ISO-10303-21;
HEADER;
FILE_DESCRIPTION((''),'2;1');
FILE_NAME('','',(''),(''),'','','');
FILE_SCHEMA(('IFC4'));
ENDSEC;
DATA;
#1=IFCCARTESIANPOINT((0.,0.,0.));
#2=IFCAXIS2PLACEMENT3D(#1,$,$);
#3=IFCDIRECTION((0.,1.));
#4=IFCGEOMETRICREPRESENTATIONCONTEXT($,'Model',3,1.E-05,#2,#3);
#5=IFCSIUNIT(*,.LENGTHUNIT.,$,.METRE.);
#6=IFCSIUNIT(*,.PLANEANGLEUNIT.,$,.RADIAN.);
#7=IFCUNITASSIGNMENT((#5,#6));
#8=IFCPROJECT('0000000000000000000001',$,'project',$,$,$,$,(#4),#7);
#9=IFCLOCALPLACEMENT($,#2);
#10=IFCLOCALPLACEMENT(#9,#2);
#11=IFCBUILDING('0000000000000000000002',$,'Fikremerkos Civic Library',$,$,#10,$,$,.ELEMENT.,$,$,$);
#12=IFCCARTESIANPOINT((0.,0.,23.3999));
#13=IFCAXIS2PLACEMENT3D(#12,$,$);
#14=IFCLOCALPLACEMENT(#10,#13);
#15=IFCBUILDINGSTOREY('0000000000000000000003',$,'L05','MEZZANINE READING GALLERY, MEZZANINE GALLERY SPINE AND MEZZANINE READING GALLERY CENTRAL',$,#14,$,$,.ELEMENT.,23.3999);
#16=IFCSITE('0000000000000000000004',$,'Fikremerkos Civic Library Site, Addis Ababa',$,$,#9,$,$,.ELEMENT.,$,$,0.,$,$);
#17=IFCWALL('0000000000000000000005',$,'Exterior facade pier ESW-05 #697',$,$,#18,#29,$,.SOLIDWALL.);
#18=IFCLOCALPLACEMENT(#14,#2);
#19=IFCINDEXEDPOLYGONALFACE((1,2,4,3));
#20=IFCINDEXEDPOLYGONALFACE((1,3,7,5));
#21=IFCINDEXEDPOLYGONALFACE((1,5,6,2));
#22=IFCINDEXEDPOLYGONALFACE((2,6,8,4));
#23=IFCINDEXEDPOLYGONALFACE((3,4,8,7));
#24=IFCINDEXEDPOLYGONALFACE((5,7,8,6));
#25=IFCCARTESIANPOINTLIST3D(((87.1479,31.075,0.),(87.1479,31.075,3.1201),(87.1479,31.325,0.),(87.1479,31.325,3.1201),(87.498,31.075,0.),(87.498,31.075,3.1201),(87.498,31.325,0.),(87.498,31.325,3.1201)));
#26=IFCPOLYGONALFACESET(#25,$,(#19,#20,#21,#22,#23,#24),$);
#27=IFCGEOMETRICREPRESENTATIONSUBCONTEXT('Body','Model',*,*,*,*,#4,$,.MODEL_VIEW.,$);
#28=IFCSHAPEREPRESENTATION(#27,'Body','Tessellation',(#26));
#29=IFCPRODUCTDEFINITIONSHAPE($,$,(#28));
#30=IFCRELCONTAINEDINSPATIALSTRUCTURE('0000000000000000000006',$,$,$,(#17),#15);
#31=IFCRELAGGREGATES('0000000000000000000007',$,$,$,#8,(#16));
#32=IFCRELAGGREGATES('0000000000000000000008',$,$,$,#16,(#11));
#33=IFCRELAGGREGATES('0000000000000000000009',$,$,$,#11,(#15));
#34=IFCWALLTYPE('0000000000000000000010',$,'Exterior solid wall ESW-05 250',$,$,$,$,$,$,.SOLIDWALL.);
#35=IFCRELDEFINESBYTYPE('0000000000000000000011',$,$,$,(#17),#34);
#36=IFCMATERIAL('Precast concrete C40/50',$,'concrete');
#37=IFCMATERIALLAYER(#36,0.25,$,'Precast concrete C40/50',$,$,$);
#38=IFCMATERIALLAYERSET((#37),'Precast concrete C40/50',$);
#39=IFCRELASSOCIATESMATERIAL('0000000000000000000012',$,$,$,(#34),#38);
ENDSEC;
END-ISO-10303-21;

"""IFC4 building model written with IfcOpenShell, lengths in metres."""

from ifc_helpers import new_model, si_unit, direction, frame, frame_2d, origin, place, context, subcontext, project, spatial, rectangle, extrude, material, layer, layer_set, type_object, element, save


model = new_model("IFC4")

# Units and contexts
model_context = context("Model", 3, precision=1e-05, world=origin(), true_north=direction((0.0, 1.0)))
body_context = subcontext(model_context, "Body", "Model", "MODEL_VIEW")
ifc_project = project(units=[si_unit("LENGTHUNIT", "METRE"), si_unit("PLANEANGLEUNIT", "RADIAN")], contexts=[model_context])

# Site, building, storey
site_placement = place(None, origin())
site = spatial("IfcSite", under=ifc_project, at=site_placement, Name="Fikremerkos Civic Library Site, Addis Ababa", CompositionType="ELEMENT", RefElevation=0.0)
building_placement = place(site_placement, origin())
building = spatial("IfcBuilding", under=site, at=building_placement, Name="Fikremerkos Civic Library", CompositionType="ELEMENT")
storey_placement = place(building_placement, frame((0.0, 0.0, 23.3999)))
storey = spatial("IfcBuildingStorey", under=building, at=storey_placement, Name="L05", Description="MEZZANINE READING GALLERY, MEZZANINE GALLERY SPINE AND MEZZANINE READING GALLERY CENTRAL", CompositionType="ELEMENT", Elevation=23.3999)

# Wall
ifc_material_1 = material(Name="Precast concrete C40/50", Category="concrete")
ifc_layer_1 = layer(ifc_material_1, 0.25, Name="Precast concrete C40/50")
ifc_layer_set_1 = layer_set([ifc_layer_1], Name="Precast concrete C40/50")
wall_type = type_object("IfcWallType", Name="Exterior solid wall ESW-05 250", PredefinedType="SOLIDWALL", material=ifc_layer_set_1)
wall_1_placement = place(storey_placement, frame((87.1479, 31.2, 0.0), z_axis=(0.0, 0.0, 1.0), x_axis=(1.0, 0.0, 0.0)))
element("IfcWall", 1, at=wall_1_placement, inside=storey, type_object=wall_type, Name="Exterior facade pier ESW-05 #697", PredefinedType="SOLIDWALL", context=body_context, shape_type="SweptSolid", body=[
    extrude(rectangle(XDim=0.3501, YDim=0.25, at=frame_2d((0.175, 0.0))), origin(), (0.0, 0.0, 1.0), 3.1201),
])

save(model, "model.ifc")
